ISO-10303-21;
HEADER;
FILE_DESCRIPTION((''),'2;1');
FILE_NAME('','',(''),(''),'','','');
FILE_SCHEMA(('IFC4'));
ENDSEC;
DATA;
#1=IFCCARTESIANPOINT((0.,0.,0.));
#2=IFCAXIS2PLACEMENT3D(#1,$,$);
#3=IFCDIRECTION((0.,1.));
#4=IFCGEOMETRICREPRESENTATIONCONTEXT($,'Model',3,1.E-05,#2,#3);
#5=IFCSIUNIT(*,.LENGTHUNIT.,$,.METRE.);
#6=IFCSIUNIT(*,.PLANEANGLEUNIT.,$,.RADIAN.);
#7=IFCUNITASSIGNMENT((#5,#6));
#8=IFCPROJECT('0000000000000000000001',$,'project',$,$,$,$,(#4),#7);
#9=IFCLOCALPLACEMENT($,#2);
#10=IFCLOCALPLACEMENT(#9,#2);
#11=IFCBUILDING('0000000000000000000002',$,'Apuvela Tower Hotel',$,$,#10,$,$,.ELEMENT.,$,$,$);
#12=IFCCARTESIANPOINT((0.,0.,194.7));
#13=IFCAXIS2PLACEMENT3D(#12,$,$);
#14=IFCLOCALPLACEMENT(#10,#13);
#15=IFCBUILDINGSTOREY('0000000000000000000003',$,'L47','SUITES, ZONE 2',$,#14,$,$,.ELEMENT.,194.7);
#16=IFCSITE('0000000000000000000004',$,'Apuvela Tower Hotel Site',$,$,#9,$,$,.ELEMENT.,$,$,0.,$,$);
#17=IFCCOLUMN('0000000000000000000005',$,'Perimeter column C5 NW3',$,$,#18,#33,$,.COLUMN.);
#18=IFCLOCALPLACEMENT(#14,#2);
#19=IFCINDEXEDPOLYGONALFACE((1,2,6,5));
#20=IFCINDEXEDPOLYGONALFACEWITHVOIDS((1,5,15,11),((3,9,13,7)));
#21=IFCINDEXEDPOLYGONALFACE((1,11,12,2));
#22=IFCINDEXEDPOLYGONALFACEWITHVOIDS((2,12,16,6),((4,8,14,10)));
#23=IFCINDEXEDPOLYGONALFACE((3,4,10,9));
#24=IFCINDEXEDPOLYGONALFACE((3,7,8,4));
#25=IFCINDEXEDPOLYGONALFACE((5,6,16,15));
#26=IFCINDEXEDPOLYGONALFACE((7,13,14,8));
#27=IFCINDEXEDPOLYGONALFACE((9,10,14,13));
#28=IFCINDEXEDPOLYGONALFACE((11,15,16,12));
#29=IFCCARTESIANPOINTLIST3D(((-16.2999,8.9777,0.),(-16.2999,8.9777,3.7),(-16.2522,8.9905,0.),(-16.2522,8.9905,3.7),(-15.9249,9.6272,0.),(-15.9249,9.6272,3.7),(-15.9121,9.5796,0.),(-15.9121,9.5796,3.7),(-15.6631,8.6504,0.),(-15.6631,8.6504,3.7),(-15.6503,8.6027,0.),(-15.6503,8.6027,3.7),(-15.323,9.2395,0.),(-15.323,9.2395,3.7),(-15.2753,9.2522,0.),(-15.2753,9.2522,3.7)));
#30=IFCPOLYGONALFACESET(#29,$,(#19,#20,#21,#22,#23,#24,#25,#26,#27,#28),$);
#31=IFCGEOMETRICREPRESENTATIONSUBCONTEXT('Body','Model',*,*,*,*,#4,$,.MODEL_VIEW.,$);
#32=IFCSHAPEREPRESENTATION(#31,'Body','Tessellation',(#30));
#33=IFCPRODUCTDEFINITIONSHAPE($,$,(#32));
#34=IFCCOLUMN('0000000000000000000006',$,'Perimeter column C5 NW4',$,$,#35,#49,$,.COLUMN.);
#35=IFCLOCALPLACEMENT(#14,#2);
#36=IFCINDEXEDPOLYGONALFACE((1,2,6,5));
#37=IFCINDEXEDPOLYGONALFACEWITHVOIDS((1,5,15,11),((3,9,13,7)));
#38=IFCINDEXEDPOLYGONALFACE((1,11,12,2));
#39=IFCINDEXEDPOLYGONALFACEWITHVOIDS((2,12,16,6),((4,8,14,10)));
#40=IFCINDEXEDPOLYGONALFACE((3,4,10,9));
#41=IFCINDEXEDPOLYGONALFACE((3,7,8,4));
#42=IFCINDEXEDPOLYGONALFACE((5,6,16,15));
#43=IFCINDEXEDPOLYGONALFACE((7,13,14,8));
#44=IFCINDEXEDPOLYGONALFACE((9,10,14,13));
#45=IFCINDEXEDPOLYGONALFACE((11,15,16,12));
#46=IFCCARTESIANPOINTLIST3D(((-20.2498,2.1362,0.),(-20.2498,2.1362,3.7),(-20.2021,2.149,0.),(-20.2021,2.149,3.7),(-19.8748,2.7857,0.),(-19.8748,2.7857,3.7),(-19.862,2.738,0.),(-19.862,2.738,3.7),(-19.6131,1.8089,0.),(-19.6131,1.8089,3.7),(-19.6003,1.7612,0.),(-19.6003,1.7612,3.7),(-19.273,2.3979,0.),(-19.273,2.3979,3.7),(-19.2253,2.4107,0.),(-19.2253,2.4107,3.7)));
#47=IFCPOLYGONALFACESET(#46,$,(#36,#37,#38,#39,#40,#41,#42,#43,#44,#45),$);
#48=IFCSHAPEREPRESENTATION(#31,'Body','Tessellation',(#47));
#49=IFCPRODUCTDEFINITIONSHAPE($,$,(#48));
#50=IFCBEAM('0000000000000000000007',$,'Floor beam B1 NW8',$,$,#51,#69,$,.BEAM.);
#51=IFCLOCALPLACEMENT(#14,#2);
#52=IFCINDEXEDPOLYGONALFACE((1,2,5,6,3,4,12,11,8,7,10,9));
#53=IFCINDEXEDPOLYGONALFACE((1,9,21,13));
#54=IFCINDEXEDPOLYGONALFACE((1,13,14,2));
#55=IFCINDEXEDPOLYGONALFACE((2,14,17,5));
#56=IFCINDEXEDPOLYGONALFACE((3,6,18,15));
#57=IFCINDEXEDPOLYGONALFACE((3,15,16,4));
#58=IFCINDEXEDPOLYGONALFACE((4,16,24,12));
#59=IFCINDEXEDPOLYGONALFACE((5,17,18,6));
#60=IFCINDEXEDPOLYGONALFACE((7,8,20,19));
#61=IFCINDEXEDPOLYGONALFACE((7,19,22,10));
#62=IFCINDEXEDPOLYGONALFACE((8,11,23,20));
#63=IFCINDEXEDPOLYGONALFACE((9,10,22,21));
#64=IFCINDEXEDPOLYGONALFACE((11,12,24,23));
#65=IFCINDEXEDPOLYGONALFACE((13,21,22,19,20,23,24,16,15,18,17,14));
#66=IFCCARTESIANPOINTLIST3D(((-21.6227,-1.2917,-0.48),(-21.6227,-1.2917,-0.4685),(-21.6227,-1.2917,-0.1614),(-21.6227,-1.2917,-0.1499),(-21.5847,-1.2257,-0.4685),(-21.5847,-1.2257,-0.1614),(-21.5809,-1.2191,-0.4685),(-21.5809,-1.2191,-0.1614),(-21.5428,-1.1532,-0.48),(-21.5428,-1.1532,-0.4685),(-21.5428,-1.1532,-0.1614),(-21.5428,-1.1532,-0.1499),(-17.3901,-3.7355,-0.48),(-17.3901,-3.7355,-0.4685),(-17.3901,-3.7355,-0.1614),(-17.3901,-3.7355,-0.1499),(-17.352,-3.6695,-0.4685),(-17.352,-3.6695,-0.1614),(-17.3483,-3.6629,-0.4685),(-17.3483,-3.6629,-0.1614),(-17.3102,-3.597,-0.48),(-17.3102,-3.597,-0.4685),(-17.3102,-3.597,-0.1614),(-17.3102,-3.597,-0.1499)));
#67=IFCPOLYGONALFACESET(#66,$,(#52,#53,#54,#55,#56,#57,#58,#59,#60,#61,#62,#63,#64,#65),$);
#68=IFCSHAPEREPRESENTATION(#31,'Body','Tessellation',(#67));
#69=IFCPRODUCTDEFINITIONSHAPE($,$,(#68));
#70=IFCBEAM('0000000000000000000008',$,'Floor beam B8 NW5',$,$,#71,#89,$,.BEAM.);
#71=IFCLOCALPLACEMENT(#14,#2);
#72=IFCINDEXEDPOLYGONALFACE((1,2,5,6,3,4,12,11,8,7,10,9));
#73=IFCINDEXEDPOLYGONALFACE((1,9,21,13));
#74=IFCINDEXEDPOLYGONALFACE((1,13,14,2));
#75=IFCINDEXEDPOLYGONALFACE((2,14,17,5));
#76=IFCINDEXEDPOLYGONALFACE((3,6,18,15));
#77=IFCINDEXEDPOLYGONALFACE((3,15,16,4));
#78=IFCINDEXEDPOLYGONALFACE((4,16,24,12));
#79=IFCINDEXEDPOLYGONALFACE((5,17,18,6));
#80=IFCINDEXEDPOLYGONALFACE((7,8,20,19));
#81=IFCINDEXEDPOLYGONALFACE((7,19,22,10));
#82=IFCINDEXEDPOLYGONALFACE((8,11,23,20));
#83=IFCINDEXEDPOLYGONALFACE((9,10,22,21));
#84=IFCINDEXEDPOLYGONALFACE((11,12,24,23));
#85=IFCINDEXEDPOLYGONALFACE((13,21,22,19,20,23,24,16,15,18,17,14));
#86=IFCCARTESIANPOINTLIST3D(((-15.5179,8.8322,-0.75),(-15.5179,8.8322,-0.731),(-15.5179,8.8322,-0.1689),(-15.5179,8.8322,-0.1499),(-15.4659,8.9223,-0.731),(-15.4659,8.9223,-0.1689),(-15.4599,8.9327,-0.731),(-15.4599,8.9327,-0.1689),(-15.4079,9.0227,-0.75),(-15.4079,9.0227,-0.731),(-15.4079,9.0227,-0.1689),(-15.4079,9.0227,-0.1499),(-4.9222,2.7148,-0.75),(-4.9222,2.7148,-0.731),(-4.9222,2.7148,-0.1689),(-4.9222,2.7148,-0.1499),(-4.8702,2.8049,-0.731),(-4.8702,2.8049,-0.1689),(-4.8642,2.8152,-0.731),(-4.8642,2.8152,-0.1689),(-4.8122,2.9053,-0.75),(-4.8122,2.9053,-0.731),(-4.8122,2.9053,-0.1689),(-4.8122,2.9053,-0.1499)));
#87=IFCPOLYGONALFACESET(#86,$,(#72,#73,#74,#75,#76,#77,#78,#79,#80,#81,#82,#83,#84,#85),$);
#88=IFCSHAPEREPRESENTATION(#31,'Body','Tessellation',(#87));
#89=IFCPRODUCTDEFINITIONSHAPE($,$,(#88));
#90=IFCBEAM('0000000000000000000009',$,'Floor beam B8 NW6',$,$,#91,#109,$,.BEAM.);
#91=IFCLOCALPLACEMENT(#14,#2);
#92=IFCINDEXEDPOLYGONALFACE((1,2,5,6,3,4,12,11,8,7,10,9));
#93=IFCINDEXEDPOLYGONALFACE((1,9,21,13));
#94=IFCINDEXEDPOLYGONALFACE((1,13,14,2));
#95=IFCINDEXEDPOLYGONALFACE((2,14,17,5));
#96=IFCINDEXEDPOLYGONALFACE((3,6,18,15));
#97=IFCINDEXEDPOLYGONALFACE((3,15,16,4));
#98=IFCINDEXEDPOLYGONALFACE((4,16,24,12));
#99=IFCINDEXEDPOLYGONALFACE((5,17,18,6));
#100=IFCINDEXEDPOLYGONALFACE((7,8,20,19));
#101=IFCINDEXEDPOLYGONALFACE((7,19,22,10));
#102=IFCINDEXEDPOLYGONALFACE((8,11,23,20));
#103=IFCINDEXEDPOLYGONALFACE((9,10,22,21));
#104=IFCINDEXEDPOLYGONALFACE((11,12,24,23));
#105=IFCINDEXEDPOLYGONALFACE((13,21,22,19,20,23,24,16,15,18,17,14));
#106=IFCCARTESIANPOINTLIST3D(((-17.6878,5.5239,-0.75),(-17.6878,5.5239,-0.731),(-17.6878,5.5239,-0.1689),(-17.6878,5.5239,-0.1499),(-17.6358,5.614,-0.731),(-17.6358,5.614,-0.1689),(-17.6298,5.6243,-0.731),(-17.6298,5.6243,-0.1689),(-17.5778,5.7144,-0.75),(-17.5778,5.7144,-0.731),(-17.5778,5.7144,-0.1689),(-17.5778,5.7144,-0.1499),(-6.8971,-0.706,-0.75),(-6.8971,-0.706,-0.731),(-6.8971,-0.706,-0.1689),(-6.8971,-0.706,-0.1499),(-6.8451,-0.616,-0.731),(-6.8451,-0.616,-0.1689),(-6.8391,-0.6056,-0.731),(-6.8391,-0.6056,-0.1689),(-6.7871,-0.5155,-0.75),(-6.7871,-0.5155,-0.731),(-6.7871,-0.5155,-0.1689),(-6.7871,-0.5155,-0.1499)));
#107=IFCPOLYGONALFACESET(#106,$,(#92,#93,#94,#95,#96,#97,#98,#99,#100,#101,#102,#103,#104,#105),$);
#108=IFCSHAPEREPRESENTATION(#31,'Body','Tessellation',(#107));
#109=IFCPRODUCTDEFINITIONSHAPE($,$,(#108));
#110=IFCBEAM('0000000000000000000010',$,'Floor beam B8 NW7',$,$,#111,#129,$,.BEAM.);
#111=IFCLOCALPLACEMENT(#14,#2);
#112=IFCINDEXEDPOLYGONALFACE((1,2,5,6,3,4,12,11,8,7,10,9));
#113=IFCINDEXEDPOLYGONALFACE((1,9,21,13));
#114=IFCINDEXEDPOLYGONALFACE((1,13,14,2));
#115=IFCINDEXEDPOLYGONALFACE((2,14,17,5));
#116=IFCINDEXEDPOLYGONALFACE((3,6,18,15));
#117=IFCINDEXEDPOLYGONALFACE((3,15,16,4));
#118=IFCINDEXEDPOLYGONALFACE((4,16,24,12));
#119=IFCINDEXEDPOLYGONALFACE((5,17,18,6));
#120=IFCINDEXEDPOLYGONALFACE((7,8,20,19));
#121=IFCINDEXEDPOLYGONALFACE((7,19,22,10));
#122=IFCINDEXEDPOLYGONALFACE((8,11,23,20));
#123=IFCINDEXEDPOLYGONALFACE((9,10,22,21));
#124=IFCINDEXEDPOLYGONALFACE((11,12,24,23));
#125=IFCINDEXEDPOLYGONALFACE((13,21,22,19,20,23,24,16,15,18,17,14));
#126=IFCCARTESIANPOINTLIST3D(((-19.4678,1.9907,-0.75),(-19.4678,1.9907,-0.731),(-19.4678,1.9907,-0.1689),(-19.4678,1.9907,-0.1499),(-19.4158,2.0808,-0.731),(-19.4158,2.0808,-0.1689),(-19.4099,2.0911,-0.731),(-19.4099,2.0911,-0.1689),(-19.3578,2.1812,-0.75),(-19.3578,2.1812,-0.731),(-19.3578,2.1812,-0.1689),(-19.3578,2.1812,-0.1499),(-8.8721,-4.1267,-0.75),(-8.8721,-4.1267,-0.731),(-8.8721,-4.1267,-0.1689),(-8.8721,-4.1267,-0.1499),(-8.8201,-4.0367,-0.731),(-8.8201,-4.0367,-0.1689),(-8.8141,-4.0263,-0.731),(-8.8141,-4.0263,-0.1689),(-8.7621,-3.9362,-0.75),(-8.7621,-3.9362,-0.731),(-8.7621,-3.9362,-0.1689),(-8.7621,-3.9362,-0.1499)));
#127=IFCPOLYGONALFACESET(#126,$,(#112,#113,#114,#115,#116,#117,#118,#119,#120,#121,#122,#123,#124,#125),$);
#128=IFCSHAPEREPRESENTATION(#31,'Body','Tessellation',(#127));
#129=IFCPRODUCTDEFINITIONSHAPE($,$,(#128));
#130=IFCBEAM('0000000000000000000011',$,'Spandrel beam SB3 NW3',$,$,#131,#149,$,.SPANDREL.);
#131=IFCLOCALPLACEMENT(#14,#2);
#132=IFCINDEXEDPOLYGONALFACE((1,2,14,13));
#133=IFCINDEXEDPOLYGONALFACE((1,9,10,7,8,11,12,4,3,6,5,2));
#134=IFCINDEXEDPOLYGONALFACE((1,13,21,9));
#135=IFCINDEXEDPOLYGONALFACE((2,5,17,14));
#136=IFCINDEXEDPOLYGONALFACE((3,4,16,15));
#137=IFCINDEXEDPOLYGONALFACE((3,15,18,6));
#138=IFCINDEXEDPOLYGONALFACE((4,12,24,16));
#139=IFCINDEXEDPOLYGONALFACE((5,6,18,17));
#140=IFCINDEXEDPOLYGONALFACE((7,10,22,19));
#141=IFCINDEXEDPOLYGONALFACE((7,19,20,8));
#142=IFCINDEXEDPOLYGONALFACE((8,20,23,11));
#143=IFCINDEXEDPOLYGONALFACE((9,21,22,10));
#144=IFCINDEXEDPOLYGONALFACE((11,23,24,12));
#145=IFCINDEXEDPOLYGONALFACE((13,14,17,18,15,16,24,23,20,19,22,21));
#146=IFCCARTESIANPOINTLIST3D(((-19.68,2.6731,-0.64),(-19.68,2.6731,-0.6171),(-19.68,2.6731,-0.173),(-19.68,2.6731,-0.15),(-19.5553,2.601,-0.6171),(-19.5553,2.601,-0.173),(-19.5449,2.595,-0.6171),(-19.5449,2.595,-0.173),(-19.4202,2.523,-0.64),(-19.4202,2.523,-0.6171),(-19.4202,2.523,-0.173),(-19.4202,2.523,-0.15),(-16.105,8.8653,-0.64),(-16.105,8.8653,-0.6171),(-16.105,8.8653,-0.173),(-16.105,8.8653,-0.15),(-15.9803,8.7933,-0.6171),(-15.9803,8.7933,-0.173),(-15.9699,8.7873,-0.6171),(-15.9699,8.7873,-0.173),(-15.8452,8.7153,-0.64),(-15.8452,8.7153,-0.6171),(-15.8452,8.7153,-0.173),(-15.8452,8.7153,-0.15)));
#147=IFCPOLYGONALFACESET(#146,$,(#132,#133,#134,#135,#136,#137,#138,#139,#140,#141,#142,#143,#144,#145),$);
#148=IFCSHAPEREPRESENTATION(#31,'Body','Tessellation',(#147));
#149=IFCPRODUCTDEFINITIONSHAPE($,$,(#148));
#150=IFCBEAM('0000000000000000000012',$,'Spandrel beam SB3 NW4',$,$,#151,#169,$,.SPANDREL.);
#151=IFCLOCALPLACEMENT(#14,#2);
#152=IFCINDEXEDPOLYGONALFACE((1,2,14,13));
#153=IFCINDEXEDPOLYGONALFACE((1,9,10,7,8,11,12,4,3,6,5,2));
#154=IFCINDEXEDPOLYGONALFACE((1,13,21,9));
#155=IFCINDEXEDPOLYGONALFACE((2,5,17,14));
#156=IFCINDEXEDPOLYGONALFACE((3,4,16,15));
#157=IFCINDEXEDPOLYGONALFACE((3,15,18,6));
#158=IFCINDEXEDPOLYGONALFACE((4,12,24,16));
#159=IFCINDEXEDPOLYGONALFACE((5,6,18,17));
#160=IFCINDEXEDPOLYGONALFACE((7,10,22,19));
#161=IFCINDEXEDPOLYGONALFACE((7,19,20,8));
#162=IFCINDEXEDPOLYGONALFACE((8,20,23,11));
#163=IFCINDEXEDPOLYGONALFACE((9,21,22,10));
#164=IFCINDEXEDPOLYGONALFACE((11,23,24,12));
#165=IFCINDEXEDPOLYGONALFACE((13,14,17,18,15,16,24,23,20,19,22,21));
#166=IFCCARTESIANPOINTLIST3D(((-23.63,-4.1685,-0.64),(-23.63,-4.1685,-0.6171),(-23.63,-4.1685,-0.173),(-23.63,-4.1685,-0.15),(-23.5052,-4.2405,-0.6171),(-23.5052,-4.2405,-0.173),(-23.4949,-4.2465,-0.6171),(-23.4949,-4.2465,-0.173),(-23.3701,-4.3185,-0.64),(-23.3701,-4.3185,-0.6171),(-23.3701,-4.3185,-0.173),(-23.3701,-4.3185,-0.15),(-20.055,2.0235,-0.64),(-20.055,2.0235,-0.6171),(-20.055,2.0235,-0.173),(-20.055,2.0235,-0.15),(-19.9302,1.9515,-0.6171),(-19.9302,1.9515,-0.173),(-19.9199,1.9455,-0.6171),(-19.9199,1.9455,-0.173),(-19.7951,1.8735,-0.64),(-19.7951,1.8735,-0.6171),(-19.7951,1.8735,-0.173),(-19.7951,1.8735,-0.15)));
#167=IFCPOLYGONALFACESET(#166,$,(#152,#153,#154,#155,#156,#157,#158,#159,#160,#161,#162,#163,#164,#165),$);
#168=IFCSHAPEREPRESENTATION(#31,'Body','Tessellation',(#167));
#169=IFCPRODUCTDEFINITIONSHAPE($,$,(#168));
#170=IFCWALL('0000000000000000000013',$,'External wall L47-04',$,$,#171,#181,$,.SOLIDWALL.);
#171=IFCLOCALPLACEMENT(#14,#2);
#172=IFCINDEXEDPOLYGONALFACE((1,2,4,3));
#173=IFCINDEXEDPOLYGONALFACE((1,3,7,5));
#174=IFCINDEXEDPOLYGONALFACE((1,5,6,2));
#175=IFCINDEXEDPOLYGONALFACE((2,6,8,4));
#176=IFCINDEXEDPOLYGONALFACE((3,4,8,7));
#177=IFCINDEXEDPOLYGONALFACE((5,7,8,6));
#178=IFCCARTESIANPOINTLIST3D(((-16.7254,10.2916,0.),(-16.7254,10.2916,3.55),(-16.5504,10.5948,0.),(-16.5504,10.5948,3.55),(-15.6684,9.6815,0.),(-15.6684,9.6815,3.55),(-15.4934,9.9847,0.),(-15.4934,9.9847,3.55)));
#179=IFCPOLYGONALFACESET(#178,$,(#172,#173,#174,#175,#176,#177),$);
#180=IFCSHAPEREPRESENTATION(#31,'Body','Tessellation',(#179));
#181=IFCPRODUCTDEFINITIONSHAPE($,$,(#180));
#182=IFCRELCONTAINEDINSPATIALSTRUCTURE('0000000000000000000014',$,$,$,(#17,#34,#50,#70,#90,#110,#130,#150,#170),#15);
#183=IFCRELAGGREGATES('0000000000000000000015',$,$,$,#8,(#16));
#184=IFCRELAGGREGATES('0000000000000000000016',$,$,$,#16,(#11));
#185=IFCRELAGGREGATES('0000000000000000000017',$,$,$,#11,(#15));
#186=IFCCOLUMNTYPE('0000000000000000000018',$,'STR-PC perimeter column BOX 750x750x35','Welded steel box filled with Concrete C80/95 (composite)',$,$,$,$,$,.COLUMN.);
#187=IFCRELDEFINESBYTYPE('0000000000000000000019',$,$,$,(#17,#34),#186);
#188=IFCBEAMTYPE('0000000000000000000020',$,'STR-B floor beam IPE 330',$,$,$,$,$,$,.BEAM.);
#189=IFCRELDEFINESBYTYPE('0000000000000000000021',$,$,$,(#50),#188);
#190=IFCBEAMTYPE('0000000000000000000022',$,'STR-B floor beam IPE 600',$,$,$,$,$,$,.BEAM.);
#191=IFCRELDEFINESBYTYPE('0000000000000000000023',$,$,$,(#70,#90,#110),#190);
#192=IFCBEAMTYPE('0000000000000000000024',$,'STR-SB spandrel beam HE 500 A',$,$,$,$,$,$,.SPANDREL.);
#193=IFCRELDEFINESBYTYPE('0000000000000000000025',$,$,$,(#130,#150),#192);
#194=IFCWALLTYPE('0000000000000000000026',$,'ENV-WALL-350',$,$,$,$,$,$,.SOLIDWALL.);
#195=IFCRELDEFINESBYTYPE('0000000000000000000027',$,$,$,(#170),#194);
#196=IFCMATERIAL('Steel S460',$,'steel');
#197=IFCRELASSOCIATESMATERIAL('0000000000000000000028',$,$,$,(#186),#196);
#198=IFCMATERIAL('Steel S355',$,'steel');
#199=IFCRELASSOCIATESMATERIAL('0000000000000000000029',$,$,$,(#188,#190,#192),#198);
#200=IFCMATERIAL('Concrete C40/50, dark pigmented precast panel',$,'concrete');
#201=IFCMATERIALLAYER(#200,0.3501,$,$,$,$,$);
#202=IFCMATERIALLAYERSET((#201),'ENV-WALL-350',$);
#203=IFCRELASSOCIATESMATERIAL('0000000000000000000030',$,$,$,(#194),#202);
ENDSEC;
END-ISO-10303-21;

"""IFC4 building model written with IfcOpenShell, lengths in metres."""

from ifc_helpers import new_model, si_unit, direction, frame, frame_2d, origin, origin_2d, place, context, subcontext, project, spatial, rectangle, hollow_rectangle, i_section, extrude, material, layer, layer_set, material_profile, profile_set, type_object, element, save


model = new_model("IFC4")

# Units and contexts
model_context = context("Model", 3, precision=1e-05, world=origin(), true_north=direction((0.0, 1.0)))
body_context = subcontext(model_context, "Body", "Model", "MODEL_VIEW")
ifc_project = project(units=[si_unit("LENGTHUNIT", "METRE"), si_unit("PLANEANGLEUNIT", "RADIAN")], contexts=[model_context])

# Site, building, storey
site_placement = place(None, origin())
site = spatial("IfcSite", under=ifc_project, at=site_placement, Name="Apuvela Tower Hotel Site", CompositionType="ELEMENT", RefElevation=0.0)
building_placement = place(site_placement, origin())
building = spatial("IfcBuilding", under=site, at=building_placement, Name="Apuvela Tower Hotel", CompositionType="ELEMENT")
storey_placement = place(building_placement, frame((0.0, 0.0, 194.7)))
storey = spatial("IfcBuildingStorey", under=building, at=storey_placement, Name="L47", Description="SUITES, ZONE 2", CompositionType="ELEMENT", Elevation=194.7)

# Columns
ifc_material_1 = material(Name="Steel S460", Category="steel")
ifc_material_profile_1 = material_profile(ifc_material_1, hollow_rectangle(XDim=0.75, YDim=0.75, WallThickness=0.0349, at=origin_2d()), Name="BOX 750x750x35")
ifc_material_2 = material(Name="Concrete C80/95", Category="concrete")
ifc_material_profile_2 = material_profile(ifc_material_2, rectangle(XDim=0.6799, YDim=0.6799, at=origin_2d()), Name="Concrete C80/95 infill")
ifc_profile_set_1 = profile_set([ifc_material_profile_1, ifc_material_profile_2], Name="Steel S460")
column_type = type_object("IfcColumnType", Name="STR-PC perimeter column BOX 750x750x35", Description="Welded steel box filled with Concrete C80/95 (composite)", PredefinedType="COLUMN", material=ifc_profile_set_1)
for number, where, z_axis, x_axis, name in (
    (1, (-15.7876, 9.115, 0.0), (0.0, 0.0, 1.0), (0.5, 0.866025, 0.0), "Perimeter column C5 NW3"),
    (2, (-19.7375, 2.2734, 0.0), (0.0, 0.0, 1.0), (0.5, 0.866025, 0.0), "Perimeter column C5 NW4"),
):
    element("IfcColumn", number, at=place(storey_placement, frame(where, z_axis=z_axis, x_axis=x_axis)), inside=storey, type_object=column_type, Name=name, PredefinedType="COLUMN", context=body_context, shape_type="SweptSolid", body=[
        extrude(hollow_rectangle(XDim=0.75, YDim=0.75, WallThickness=0.0349, at=origin_2d()), origin(), (0.0, 0.0, 1.0), 3.7),
    ])

# Beams
ifc_material_3 = material(Name="Steel S355", Category="steel")
ifc_material_profile_3 = material_profile(ifc_material_3, i_section(OverallWidth=0.1599, OverallDepth=0.3301, WebThickness=0.0076, FlangeThickness=0.0115, at=origin_2d()), Name="IPE 330")
ifc_profile_set_2 = profile_set([ifc_material_profile_3], Name="Steel S355")
beam_type_1 = type_object("IfcBeamType", Name="STR-B floor beam IPE 330", PredefinedType="BEAM", material=ifc_profile_set_2)
beam_1_placement = place(storey_placement, frame((-21.5828, -1.2224, -0.3149), z_axis=(0.866015, -0.500018, 0.0), x_axis=(0.500018, 0.866015, 0.0)))
element("IfcBeam", 3, at=beam_1_placement, inside=storey, type_object=beam_type_1, Name="Floor beam B1 NW8", PredefinedType="BEAM", context=body_context, shape_type="SweptSolid", body=[
    extrude(i_section(OverallWidth=0.1599, OverallDepth=0.3301, WebThickness=0.0076, FlangeThickness=0.0115, at=origin_2d()), origin(), (0.0, 0.0, 1.0), 4.8875),
])
ifc_material_profile_4 = material_profile(ifc_material_3, i_section(OverallWidth=0.22, OverallDepth=0.6001, WebThickness=0.012, FlangeThickness=0.019, at=origin_2d()), Name="IPE 600")
ifc_profile_set_3 = profile_set([ifc_material_profile_4], Name="Steel S355")
beam_type_2 = type_object("IfcBeamType", Name="STR-B floor beam IPE 600", PredefinedType="BEAM", material=ifc_profile_set_3)
beam_2_placement = place(storey_placement, frame((-15.4629, 8.9275, -0.45), z_axis=(0.866025, -0.5, 0.0), x_axis=(0.5, 0.866025, 0.0)))
element("IfcBeam", 4, at=beam_2_placement, inside=storey, type_object=beam_type_2, Name="Floor beam B8 NW5", PredefinedType="BEAM", context=body_context, shape_type="SweptSolid", body=[
    extrude(i_section(OverallWidth=0.22, OverallDepth=0.6001, WebThickness=0.012, FlangeThickness=0.019, at=origin_2d()), origin(), (0.0, 0.0, 1.0), 12.2349),
])
beam_3_placement = place(storey_placement, frame((-17.6328, 5.6191, -0.45), z_axis=(0.866028, -0.499996, 0.0), x_axis=(0.499996, 0.866028, 0.0)))
element("IfcBeam", 5, at=beam_3_placement, inside=storey, type_object=beam_type_2, Name="Floor beam B8 NW6", PredefinedType="BEAM", context=body_context, shape_type="SweptSolid", body=[
    extrude(i_section(OverallWidth=0.22, OverallDepth=0.6001, WebThickness=0.012, FlangeThickness=0.019, at=origin_2d()), origin(), (0.0, 0.0, 1.0), 12.46),
])
beam_4_placement = place(storey_placement, frame((-19.4128, 2.0859, -0.45), z_axis=(0.866025, -0.5, 0.0), x_axis=(0.5, 0.866025, 0.0)))
element("IfcBeam", 6, at=beam_4_placement, inside=storey, type_object=beam_type_2, Name="Floor beam B8 NW7", PredefinedType="BEAM", context=body_context, shape_type="SweptSolid", body=[
    extrude(i_section(OverallWidth=0.22, OverallDepth=0.6001, WebThickness=0.012, FlangeThickness=0.019, at=origin_2d()), origin(), (0.0, 0.0, 1.0), 12.2349),
])
ifc_material_profile_5 = material_profile(ifc_material_3, i_section(OverallWidth=0.3, OverallDepth=0.49, WebThickness=0.012, FlangeThickness=0.0229, at=origin_2d()), Name="HE 500 A")
ifc_profile_set_4 = profile_set([ifc_material_profile_5], Name="Steel S355")
beam_type_3 = type_object("IfcBeamType", Name="STR-SB spandrel beam HE 500 A", PredefinedType="SPANDREL", material=ifc_profile_set_4)
beam_5_placement = place(storey_placement, frame((-15.9751, 8.7903, -0.395), z_axis=(-0.499991, -0.86603, 0.0), x_axis=(0.86603, -0.499991, 0.0)))
element("IfcBeam", 7, at=beam_5_placement, inside=storey, type_object=beam_type_3, Name="Spandrel beam SB3 NW3", PredefinedType="SPANDREL", context=body_context, shape_type="SweptSolid", body=[
    extrude(i_section(OverallWidth=0.3, OverallDepth=0.49, WebThickness=0.012, FlangeThickness=0.0229, at=origin_2d()), origin(), (0.0, 0.0, 1.0), 7.1501),
])
beam_6_placement = place(storey_placement, frame((-19.925, 1.9485, -0.395), z_axis=(-0.500006, -0.866022, 0.0), x_axis=(0.866022, -0.500006, 0.0)))
element("IfcBeam", 8, at=beam_6_placement, inside=storey, type_object=beam_type_3, Name="Spandrel beam SB3 NW4", PredefinedType="SPANDREL", context=body_context, shape_type="SweptSolid", body=[
    extrude(i_section(OverallWidth=0.3, OverallDepth=0.49, WebThickness=0.012, FlangeThickness=0.0229, at=origin_2d()), origin(), (0.0, 0.0, 1.0), 7.1499),
])

# Wall
ifc_material_4 = material(Name="Concrete C40/50, dark pigmented precast panel", Category="concrete")
ifc_layer_1 = layer(ifc_material_4, 0.3501)
ifc_layer_set_1 = layer_set([ifc_layer_1], Name="ENV-WALL-350")
wall_type_1 = type_object("IfcWallType", Name="ENV-WALL-350", PredefinedType="SOLIDWALL", material=ifc_layer_set_1)
wall_1_placement = place(storey_placement, frame((-15.5808, 9.833, 0.0), z_axis=(0.0, 0.0, 1.0), x_axis=(-0.866056, 0.499948, 0.0)))
element("IfcWall", 9, at=wall_1_placement, inside=storey, type_object=wall_type_1, Name="External wall L47-04", PredefinedType="SOLIDWALL", context=body_context, shape_type="SweptSolid", body=[
    extrude(rectangle(XDim=1.2205, YDim=0.3501, at=frame_2d((0.6104, 0.0))), origin(), (0.0, 0.0, 1.0), 3.55),
])

save(model, "model.ifc")
